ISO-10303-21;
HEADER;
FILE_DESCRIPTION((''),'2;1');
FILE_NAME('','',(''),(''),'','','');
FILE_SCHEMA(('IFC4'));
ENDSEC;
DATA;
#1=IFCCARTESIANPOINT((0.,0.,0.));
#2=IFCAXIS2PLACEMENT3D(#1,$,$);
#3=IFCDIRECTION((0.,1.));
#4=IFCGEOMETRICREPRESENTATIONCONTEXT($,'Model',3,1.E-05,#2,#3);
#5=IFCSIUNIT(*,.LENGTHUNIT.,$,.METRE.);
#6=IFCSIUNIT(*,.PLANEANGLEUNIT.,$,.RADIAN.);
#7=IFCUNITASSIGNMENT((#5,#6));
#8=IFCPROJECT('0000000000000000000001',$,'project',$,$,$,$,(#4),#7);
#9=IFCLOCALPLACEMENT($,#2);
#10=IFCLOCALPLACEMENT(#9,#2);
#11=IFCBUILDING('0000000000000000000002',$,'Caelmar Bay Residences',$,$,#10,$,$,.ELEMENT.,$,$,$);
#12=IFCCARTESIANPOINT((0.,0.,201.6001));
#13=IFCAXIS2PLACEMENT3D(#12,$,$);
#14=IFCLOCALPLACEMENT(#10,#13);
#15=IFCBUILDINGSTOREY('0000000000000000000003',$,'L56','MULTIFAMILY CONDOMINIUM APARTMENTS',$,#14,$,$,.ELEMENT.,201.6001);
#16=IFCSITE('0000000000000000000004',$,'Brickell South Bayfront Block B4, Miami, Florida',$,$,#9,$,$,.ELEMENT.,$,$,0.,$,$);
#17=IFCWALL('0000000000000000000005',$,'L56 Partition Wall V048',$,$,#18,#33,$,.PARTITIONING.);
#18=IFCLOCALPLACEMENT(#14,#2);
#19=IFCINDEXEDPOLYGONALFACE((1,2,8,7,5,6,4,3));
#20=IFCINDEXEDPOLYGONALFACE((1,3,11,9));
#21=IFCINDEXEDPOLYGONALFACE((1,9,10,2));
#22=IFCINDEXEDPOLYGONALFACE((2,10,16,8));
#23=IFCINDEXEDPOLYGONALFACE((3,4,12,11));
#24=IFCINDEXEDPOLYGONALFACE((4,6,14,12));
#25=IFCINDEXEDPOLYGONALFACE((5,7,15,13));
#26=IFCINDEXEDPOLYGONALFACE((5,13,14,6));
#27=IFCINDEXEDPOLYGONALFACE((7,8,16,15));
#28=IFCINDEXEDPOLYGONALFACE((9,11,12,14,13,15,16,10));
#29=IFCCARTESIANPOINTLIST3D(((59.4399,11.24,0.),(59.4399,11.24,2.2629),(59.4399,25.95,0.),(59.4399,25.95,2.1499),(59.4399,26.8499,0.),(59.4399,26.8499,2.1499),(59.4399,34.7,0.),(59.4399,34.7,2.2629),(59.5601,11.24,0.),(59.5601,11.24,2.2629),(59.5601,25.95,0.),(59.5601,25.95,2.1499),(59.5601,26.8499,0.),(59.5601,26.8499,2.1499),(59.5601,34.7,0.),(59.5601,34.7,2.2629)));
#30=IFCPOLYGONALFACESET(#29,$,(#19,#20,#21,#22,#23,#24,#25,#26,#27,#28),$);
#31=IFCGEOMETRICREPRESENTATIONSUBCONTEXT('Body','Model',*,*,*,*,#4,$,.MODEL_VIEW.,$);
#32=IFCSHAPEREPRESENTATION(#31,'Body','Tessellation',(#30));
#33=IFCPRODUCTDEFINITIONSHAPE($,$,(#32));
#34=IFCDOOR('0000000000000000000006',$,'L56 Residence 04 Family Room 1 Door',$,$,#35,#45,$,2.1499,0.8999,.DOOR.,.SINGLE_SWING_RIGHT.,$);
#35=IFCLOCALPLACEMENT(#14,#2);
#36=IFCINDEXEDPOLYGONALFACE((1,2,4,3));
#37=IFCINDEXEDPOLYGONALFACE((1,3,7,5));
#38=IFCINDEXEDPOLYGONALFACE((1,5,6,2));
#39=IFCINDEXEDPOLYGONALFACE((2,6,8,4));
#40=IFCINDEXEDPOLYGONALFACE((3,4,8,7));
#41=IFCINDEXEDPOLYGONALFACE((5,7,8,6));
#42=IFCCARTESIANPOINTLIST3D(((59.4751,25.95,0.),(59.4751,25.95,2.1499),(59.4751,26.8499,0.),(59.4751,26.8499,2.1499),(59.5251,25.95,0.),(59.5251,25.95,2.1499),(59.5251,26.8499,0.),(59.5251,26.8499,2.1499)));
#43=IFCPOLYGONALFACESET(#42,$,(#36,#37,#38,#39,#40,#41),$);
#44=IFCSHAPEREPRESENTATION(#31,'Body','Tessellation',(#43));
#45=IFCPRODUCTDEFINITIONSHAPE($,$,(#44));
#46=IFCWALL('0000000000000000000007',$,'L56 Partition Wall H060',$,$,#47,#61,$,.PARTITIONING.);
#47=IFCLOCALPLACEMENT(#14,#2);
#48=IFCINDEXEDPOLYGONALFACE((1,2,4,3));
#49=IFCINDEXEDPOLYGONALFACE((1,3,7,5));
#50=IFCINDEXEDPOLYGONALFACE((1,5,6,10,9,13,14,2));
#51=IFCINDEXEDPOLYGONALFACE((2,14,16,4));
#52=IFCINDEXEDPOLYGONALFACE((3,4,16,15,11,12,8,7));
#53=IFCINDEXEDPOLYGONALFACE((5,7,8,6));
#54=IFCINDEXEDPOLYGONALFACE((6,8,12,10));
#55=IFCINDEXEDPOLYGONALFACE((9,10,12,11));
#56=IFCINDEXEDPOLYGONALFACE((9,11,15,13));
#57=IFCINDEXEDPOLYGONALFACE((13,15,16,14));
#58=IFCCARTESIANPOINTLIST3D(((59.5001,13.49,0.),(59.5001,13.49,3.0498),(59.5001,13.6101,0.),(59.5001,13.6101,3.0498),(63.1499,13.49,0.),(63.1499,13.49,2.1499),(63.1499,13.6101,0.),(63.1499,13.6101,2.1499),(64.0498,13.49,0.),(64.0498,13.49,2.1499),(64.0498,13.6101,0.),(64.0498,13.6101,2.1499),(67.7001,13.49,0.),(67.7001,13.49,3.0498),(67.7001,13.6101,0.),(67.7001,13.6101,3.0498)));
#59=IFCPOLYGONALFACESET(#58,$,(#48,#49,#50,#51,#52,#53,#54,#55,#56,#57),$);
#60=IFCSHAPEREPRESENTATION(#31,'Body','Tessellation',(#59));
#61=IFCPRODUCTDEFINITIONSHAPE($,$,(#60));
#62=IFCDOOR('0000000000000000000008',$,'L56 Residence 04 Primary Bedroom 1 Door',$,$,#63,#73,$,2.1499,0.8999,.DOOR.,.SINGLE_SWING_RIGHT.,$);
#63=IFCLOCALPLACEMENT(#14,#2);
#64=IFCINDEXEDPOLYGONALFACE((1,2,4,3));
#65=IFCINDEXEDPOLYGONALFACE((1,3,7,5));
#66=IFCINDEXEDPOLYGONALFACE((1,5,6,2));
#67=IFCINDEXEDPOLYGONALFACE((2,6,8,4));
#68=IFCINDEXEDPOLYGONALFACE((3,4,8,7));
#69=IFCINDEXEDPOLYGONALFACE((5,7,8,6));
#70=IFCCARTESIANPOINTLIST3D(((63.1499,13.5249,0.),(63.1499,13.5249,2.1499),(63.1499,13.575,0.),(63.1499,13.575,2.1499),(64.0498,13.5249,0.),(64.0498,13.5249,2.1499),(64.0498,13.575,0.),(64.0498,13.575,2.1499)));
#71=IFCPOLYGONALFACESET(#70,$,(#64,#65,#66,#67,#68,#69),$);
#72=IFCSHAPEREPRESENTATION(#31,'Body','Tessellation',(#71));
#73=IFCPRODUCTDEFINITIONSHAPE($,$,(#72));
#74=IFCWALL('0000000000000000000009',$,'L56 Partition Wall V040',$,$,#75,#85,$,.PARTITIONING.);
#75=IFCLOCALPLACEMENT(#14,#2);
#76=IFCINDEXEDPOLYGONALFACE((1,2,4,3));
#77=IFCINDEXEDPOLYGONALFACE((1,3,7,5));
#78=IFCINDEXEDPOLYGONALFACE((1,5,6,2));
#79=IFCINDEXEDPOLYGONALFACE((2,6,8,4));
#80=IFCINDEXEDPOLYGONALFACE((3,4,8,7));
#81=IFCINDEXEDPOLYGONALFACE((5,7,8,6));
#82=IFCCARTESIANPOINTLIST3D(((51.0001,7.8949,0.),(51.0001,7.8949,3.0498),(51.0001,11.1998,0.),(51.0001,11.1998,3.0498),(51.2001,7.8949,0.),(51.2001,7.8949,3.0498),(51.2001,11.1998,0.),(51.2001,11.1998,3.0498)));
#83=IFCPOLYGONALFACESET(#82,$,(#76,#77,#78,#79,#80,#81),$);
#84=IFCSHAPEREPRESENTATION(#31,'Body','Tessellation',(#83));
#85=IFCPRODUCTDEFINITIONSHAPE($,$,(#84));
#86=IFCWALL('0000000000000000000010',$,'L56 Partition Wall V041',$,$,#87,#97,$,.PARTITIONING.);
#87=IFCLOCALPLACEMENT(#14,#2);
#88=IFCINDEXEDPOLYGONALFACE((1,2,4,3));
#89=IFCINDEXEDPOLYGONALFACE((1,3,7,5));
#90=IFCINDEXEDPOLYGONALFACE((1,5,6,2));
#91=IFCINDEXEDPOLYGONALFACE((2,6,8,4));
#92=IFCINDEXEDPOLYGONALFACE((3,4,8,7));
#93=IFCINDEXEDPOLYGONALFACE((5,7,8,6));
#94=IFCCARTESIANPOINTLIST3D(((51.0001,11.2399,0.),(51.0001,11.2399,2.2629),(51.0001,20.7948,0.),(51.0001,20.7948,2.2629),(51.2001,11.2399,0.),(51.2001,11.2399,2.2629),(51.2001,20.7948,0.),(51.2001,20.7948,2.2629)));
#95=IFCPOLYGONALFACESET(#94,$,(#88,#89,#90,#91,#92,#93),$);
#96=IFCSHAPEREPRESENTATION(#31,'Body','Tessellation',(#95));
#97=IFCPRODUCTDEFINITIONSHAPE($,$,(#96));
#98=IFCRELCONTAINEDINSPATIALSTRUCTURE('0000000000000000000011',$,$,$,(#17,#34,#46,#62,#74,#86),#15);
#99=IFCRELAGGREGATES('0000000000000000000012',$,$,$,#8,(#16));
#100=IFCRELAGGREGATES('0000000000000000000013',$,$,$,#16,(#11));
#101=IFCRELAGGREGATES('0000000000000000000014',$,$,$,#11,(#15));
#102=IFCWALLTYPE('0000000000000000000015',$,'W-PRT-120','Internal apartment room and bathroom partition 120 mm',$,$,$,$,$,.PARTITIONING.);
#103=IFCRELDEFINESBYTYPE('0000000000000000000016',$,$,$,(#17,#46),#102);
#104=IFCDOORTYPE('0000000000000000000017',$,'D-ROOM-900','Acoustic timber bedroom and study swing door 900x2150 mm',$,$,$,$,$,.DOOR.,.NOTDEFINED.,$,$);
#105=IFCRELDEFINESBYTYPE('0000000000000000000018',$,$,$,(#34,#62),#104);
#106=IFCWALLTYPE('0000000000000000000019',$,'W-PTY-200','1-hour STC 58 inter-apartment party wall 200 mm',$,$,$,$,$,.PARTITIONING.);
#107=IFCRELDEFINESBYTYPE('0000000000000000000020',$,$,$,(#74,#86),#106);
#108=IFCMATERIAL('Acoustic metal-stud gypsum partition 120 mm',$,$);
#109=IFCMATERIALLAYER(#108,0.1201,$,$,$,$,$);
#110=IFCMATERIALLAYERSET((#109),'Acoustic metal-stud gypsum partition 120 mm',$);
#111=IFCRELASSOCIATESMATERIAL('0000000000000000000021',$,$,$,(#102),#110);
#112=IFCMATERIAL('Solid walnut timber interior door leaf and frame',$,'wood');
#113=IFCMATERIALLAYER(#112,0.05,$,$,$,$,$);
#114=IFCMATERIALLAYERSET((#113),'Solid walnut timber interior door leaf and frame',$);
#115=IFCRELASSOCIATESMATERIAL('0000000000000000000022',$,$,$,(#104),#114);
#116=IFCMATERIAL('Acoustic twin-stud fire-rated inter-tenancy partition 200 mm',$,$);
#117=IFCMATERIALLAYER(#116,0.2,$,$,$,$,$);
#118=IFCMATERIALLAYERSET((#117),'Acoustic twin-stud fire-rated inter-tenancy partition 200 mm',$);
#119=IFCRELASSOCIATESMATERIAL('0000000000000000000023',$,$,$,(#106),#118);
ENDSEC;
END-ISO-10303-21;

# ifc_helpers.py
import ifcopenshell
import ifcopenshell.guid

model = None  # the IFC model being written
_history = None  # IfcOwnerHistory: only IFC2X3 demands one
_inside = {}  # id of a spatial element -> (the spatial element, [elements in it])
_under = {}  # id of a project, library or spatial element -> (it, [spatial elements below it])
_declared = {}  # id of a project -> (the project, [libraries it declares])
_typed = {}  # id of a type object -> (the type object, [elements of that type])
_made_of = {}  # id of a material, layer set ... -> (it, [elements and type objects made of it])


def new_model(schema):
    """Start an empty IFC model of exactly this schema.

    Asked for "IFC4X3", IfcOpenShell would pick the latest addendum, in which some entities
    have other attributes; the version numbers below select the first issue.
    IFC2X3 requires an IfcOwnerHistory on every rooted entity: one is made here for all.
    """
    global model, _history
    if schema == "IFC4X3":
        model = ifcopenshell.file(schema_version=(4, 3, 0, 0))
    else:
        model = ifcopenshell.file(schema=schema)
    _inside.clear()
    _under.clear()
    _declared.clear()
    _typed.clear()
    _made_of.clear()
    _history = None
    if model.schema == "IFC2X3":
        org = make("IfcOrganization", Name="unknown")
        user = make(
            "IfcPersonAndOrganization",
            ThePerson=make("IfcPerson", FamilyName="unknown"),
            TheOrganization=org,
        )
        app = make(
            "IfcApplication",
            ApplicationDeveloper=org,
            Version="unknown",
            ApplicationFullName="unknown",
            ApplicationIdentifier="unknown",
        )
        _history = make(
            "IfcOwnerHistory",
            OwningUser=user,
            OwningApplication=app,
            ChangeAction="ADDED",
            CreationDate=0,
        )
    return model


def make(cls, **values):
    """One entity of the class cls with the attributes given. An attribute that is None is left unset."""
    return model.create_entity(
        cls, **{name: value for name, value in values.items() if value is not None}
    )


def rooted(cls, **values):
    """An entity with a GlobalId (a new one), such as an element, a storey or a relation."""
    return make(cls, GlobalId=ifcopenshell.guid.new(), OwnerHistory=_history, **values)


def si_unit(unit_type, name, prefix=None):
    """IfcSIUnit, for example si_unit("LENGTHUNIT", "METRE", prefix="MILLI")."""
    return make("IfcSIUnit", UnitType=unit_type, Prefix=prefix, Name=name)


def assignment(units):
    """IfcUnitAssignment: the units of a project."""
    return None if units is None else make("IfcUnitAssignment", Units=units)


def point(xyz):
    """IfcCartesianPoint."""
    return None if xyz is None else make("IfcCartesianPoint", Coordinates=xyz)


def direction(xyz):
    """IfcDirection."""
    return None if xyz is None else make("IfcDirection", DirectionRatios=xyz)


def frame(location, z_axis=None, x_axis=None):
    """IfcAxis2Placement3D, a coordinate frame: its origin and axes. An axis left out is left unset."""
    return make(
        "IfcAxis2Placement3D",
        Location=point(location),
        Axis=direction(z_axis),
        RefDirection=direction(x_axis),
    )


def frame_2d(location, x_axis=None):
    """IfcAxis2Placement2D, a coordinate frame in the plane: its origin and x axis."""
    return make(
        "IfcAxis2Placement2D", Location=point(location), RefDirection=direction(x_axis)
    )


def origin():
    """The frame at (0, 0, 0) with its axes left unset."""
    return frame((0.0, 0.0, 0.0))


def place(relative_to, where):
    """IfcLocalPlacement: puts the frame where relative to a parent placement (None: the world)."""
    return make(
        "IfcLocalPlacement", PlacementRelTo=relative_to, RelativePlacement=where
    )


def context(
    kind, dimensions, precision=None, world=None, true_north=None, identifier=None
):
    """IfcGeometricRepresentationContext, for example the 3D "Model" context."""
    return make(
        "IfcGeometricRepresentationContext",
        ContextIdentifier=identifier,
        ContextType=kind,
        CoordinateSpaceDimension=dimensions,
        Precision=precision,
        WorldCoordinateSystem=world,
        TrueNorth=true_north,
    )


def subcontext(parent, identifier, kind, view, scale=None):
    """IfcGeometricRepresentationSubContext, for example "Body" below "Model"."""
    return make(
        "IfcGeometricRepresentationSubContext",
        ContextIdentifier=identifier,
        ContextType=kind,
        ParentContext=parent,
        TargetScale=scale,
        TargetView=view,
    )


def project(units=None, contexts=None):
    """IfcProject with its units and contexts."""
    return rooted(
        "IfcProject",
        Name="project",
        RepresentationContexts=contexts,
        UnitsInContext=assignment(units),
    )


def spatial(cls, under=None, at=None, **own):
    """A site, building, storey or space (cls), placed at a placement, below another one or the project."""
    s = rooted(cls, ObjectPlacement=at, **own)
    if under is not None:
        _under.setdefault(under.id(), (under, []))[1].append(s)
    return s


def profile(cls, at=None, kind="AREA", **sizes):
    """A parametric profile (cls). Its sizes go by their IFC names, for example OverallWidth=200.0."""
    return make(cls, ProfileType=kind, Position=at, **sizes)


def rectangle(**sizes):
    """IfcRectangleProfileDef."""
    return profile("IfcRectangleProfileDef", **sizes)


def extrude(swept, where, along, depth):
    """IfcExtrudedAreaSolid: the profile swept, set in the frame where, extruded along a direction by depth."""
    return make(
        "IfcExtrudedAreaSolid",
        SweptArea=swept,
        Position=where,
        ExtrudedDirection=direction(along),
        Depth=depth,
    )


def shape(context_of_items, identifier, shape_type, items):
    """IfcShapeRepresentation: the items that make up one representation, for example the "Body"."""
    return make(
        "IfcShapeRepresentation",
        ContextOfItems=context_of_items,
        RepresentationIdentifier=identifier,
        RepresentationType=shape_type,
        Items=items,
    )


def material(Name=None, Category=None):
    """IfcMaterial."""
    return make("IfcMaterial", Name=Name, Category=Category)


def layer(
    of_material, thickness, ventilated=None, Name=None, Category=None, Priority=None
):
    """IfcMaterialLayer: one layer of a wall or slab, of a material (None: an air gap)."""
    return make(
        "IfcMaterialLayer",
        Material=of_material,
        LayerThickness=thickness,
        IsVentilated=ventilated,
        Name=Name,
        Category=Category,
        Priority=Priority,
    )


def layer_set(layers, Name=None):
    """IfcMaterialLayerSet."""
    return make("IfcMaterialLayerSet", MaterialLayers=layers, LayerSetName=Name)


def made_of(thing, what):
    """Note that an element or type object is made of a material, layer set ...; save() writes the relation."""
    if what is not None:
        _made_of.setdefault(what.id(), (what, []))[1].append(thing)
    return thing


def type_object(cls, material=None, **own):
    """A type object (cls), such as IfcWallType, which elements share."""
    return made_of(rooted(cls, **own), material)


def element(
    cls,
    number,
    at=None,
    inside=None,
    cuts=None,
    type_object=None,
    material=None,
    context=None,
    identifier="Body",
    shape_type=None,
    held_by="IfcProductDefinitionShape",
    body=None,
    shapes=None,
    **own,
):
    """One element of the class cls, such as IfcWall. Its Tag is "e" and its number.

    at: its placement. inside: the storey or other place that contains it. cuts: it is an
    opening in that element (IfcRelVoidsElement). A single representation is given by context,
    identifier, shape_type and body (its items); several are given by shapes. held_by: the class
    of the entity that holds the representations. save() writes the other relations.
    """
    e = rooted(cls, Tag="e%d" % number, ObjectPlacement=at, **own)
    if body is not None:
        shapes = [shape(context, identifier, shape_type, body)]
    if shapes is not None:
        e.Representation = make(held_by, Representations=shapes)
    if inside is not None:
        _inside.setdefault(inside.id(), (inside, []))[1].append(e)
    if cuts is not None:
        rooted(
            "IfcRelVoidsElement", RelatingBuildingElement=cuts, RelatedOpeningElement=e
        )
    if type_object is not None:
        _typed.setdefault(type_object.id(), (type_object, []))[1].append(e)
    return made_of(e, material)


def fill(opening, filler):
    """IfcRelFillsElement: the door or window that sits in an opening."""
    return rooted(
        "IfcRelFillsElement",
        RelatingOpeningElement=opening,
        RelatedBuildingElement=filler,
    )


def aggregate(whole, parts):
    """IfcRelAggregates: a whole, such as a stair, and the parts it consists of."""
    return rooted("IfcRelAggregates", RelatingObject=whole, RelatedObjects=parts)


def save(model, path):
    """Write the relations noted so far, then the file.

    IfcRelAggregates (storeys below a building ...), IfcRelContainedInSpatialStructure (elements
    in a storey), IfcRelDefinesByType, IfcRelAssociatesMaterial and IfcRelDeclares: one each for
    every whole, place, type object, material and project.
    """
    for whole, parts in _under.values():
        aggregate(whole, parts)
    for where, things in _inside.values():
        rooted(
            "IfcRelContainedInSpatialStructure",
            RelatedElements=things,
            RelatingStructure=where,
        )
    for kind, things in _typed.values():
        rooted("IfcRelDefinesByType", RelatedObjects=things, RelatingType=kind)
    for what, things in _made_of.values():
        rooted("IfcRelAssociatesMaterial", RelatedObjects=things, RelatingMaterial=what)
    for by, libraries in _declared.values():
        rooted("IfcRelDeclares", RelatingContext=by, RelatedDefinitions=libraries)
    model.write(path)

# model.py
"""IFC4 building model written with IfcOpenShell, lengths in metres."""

from ifc_helpers import new_model, si_unit, direction, frame, frame_2d, origin, place, context, subcontext, project, spatial, rectangle, extrude, material, layer, layer_set, type_object, element, fill, save


model = new_model("IFC4")

# Units and contexts
model_context = context("Model", 3, precision=1e-05, world=origin(), true_north=direction((0.0, 1.0)))
body_context = subcontext(model_context, "Body", "Model", "MODEL_VIEW")
ifc_project = project(units=[si_unit("LENGTHUNIT", "METRE"), si_unit("PLANEANGLEUNIT", "RADIAN")], contexts=[model_context])

# Site, building, storey
site_placement = place(None, origin())
site = spatial("IfcSite", under=ifc_project, at=site_placement, Name="Brickell South Bayfront Block B4, Miami, Florida", CompositionType="ELEMENT", RefElevation=0.0)
building_placement = place(site_placement, origin())
building = spatial("IfcBuilding", under=site, at=building_placement, Name="Caelmar Bay Residences", CompositionType="ELEMENT")
storey_placement = place(building_placement, frame((0.0, 0.0, 201.6001)))
storey = spatial("IfcBuildingStorey", under=building, at=storey_placement, Name="L56", Description="MULTIFAMILY CONDOMINIUM APARTMENTS", CompositionType="ELEMENT", Elevation=201.6001)

# Shared definitions
ifc_material_1 = material(Name="Acoustic metal-stud gypsum partition 120 mm")
ifc_layer_1 = layer(ifc_material_1, 0.1201)
ifc_layer_set_1 = layer_set([ifc_layer_1], Name="Acoustic metal-stud gypsum partition 120 mm")
wall_type_1 = type_object("IfcWallType", Name="W-PRT-120", Description="Internal apartment room and bathroom partition 120 mm", PredefinedType="PARTITIONING", material=ifc_layer_set_1)

# Walls, openings, doors
wall_1_placement = place(storey_placement, frame((59.5, 11.24, 0.0), z_axis=(0.0, 0.0, 1.0), x_axis=(0.0, 1.0, 0.0)))
wall_1 = element("IfcWall", 1, at=wall_1_placement, inside=storey, type_object=wall_type_1, Name="L56 Partition Wall V048", PredefinedType="PARTITIONING", context=body_context, shape_type="SweptSolid", body=[
    extrude(rectangle(XDim=23.46, YDim=0.1201, at=frame_2d((11.73, 0.0))), origin(), (0.0, 0.0, 1.0), 2.2629),
])
opening_1_placement = place(wall_1_placement, frame((14.71, 0.0, 0.0)))
opening_1 = element("IfcOpeningElement", 2, at=opening_1_placement, cuts=wall_1, PredefinedType="OPENING", context=body_context, shape_type="SweptSolid", body=[
    extrude(rectangle(XDim=0.8999, YDim=2.1499, at=frame_2d((0.45, 1.075))), frame((0.0, 0.0701, 0.0), z_axis=(0.0, -1.0, 0.0), x_axis=(1.0, 0.0, 0.0)), (0.0, 0.0, 1.0), 0.1401),
])
ifc_material_2 = material(Name="Solid walnut timber interior door leaf and frame", Category="wood")
ifc_layer_2 = layer(ifc_material_2, 0.05)
ifc_layer_set_2 = layer_set([ifc_layer_2], Name="Solid walnut timber interior door leaf and frame")
door_type = type_object("IfcDoorType", Name="D-ROOM-900", Description="Acoustic timber bedroom and study swing door 900x2150 mm", OperationType="NOTDEFINED", PredefinedType="DOOR", material=ifc_layer_set_2)
door_1_placement = place(opening_1_placement, origin())
door_1 = element("IfcDoor", 3, at=door_1_placement, inside=storey, type_object=door_type, Name="L56 Residence 04 Family Room 1 Door", OperationType="SINGLE_SWING_RIGHT", OverallHeight=2.1499, OverallWidth=0.8999, PredefinedType="DOOR", context=body_context, shape_type="SweptSolid", body=[
    extrude(rectangle(XDim=0.8999, YDim=2.1499, at=frame_2d((0.45, 1.075))), frame((0.0, 0.0249, 0.0), z_axis=(0.0, -1.0, 0.0), x_axis=(1.0, 0.0, 0.0)), (0.0, 0.0, 1.0), 0.05),
])
fill(opening_1, door_1)
wall_2_placement = place(storey_placement, frame((59.5, 13.55, 0.0), z_axis=(0.0, 0.0, 1.0), x_axis=(1.0, 0.0, 0.0)))
wall_2 = element("IfcWall", 4, at=wall_2_placement, inside=storey, type_object=wall_type_1, Name="L56 Partition Wall H060", PredefinedType="PARTITIONING", context=body_context, shape_type="SweptSolid", body=[
    extrude(rectangle(XDim=8.2, YDim=0.1201, at=frame_2d((4.1001, 0.0))), origin(), (0.0, 0.0, 1.0), 3.0498),
])
opening_2_placement = place(wall_2_placement, frame((3.6499, 0.0, 0.0)))
opening_2 = element("IfcOpeningElement", 5, at=opening_2_placement, cuts=wall_2, PredefinedType="OPENING", context=body_context, shape_type="SweptSolid", body=[
    extrude(rectangle(XDim=0.8999, YDim=2.1499, at=frame_2d((0.45, 1.075))), frame((0.0, 0.0701, 0.0), z_axis=(0.0, -1.0, 0.0), x_axis=(1.0, 0.0, 0.0)), (0.0, 0.0, 1.0), 0.1401),
])
door_2_placement = place(opening_2_placement, origin())
door_2 = element("IfcDoor", 6, at=door_2_placement, inside=storey, type_object=door_type, Name="L56 Residence 04 Primary Bedroom 1 Door", OperationType="SINGLE_SWING_RIGHT", OverallHeight=2.1499, OverallWidth=0.8999, PredefinedType="DOOR", context=body_context, shape_type="SweptSolid", body=[
    extrude(rectangle(XDim=0.8999, YDim=2.1499, at=frame_2d((0.45, 1.075))), frame((0.0, 0.0249, 0.0), z_axis=(0.0, -1.0, 0.0), x_axis=(1.0, 0.0, 0.0)), (0.0, 0.0, 1.0), 0.05),
])
fill(opening_2, door_2)

# Walls
ifc_material_3 = material(Name="Acoustic twin-stud fire-rated inter-tenancy partition 200 mm")
ifc_layer_3 = layer(ifc_material_3, 0.2)
ifc_layer_set_3 = layer_set([ifc_layer_3], Name="Acoustic twin-stud fire-rated inter-tenancy partition 200 mm")
wall_type_2 = type_object("IfcWallType", Name="W-PTY-200", Description="1-hour STC 58 inter-apartment party wall 200 mm", PredefinedType="PARTITIONING", material=ifc_layer_set_3)
wall_3_placement = place(storey_placement, frame((51.1001, 7.895, 0.0), z_axis=(0.0, 0.0, 1.0), x_axis=(0.0, 1.0, 0.0)))
element("IfcWall", 7, at=wall_3_placement, inside=storey, type_object=wall_type_2, Name="L56 Partition Wall V040", PredefinedType="PARTITIONING", context=body_context, shape_type="SweptSolid", body=[
    extrude(rectangle(XDim=3.3049, YDim=0.2, at=frame_2d((1.6523, 0.0))), origin(), (0.0, 0.0, 1.0), 3.0498),
])
wall_4_placement = place(storey_placement, frame((51.1001, 11.24, 0.0), z_axis=(0.0, 0.0, 1.0), x_axis=(0.0, 1.0, 0.0)))
element("IfcWall", 8, at=wall_4_placement, inside=storey, type_object=wall_type_2, Name="L56 Partition Wall V041", PredefinedType="PARTITIONING", context=body_context, shape_type="SweptSolid", body=[
    extrude(rectangle(XDim=9.5549, YDim=0.2, at=frame_2d((4.7773, 0.0))), origin(), (0.0, 0.0, 1.0), 2.2629),
])

save(model, "model.ifc")
